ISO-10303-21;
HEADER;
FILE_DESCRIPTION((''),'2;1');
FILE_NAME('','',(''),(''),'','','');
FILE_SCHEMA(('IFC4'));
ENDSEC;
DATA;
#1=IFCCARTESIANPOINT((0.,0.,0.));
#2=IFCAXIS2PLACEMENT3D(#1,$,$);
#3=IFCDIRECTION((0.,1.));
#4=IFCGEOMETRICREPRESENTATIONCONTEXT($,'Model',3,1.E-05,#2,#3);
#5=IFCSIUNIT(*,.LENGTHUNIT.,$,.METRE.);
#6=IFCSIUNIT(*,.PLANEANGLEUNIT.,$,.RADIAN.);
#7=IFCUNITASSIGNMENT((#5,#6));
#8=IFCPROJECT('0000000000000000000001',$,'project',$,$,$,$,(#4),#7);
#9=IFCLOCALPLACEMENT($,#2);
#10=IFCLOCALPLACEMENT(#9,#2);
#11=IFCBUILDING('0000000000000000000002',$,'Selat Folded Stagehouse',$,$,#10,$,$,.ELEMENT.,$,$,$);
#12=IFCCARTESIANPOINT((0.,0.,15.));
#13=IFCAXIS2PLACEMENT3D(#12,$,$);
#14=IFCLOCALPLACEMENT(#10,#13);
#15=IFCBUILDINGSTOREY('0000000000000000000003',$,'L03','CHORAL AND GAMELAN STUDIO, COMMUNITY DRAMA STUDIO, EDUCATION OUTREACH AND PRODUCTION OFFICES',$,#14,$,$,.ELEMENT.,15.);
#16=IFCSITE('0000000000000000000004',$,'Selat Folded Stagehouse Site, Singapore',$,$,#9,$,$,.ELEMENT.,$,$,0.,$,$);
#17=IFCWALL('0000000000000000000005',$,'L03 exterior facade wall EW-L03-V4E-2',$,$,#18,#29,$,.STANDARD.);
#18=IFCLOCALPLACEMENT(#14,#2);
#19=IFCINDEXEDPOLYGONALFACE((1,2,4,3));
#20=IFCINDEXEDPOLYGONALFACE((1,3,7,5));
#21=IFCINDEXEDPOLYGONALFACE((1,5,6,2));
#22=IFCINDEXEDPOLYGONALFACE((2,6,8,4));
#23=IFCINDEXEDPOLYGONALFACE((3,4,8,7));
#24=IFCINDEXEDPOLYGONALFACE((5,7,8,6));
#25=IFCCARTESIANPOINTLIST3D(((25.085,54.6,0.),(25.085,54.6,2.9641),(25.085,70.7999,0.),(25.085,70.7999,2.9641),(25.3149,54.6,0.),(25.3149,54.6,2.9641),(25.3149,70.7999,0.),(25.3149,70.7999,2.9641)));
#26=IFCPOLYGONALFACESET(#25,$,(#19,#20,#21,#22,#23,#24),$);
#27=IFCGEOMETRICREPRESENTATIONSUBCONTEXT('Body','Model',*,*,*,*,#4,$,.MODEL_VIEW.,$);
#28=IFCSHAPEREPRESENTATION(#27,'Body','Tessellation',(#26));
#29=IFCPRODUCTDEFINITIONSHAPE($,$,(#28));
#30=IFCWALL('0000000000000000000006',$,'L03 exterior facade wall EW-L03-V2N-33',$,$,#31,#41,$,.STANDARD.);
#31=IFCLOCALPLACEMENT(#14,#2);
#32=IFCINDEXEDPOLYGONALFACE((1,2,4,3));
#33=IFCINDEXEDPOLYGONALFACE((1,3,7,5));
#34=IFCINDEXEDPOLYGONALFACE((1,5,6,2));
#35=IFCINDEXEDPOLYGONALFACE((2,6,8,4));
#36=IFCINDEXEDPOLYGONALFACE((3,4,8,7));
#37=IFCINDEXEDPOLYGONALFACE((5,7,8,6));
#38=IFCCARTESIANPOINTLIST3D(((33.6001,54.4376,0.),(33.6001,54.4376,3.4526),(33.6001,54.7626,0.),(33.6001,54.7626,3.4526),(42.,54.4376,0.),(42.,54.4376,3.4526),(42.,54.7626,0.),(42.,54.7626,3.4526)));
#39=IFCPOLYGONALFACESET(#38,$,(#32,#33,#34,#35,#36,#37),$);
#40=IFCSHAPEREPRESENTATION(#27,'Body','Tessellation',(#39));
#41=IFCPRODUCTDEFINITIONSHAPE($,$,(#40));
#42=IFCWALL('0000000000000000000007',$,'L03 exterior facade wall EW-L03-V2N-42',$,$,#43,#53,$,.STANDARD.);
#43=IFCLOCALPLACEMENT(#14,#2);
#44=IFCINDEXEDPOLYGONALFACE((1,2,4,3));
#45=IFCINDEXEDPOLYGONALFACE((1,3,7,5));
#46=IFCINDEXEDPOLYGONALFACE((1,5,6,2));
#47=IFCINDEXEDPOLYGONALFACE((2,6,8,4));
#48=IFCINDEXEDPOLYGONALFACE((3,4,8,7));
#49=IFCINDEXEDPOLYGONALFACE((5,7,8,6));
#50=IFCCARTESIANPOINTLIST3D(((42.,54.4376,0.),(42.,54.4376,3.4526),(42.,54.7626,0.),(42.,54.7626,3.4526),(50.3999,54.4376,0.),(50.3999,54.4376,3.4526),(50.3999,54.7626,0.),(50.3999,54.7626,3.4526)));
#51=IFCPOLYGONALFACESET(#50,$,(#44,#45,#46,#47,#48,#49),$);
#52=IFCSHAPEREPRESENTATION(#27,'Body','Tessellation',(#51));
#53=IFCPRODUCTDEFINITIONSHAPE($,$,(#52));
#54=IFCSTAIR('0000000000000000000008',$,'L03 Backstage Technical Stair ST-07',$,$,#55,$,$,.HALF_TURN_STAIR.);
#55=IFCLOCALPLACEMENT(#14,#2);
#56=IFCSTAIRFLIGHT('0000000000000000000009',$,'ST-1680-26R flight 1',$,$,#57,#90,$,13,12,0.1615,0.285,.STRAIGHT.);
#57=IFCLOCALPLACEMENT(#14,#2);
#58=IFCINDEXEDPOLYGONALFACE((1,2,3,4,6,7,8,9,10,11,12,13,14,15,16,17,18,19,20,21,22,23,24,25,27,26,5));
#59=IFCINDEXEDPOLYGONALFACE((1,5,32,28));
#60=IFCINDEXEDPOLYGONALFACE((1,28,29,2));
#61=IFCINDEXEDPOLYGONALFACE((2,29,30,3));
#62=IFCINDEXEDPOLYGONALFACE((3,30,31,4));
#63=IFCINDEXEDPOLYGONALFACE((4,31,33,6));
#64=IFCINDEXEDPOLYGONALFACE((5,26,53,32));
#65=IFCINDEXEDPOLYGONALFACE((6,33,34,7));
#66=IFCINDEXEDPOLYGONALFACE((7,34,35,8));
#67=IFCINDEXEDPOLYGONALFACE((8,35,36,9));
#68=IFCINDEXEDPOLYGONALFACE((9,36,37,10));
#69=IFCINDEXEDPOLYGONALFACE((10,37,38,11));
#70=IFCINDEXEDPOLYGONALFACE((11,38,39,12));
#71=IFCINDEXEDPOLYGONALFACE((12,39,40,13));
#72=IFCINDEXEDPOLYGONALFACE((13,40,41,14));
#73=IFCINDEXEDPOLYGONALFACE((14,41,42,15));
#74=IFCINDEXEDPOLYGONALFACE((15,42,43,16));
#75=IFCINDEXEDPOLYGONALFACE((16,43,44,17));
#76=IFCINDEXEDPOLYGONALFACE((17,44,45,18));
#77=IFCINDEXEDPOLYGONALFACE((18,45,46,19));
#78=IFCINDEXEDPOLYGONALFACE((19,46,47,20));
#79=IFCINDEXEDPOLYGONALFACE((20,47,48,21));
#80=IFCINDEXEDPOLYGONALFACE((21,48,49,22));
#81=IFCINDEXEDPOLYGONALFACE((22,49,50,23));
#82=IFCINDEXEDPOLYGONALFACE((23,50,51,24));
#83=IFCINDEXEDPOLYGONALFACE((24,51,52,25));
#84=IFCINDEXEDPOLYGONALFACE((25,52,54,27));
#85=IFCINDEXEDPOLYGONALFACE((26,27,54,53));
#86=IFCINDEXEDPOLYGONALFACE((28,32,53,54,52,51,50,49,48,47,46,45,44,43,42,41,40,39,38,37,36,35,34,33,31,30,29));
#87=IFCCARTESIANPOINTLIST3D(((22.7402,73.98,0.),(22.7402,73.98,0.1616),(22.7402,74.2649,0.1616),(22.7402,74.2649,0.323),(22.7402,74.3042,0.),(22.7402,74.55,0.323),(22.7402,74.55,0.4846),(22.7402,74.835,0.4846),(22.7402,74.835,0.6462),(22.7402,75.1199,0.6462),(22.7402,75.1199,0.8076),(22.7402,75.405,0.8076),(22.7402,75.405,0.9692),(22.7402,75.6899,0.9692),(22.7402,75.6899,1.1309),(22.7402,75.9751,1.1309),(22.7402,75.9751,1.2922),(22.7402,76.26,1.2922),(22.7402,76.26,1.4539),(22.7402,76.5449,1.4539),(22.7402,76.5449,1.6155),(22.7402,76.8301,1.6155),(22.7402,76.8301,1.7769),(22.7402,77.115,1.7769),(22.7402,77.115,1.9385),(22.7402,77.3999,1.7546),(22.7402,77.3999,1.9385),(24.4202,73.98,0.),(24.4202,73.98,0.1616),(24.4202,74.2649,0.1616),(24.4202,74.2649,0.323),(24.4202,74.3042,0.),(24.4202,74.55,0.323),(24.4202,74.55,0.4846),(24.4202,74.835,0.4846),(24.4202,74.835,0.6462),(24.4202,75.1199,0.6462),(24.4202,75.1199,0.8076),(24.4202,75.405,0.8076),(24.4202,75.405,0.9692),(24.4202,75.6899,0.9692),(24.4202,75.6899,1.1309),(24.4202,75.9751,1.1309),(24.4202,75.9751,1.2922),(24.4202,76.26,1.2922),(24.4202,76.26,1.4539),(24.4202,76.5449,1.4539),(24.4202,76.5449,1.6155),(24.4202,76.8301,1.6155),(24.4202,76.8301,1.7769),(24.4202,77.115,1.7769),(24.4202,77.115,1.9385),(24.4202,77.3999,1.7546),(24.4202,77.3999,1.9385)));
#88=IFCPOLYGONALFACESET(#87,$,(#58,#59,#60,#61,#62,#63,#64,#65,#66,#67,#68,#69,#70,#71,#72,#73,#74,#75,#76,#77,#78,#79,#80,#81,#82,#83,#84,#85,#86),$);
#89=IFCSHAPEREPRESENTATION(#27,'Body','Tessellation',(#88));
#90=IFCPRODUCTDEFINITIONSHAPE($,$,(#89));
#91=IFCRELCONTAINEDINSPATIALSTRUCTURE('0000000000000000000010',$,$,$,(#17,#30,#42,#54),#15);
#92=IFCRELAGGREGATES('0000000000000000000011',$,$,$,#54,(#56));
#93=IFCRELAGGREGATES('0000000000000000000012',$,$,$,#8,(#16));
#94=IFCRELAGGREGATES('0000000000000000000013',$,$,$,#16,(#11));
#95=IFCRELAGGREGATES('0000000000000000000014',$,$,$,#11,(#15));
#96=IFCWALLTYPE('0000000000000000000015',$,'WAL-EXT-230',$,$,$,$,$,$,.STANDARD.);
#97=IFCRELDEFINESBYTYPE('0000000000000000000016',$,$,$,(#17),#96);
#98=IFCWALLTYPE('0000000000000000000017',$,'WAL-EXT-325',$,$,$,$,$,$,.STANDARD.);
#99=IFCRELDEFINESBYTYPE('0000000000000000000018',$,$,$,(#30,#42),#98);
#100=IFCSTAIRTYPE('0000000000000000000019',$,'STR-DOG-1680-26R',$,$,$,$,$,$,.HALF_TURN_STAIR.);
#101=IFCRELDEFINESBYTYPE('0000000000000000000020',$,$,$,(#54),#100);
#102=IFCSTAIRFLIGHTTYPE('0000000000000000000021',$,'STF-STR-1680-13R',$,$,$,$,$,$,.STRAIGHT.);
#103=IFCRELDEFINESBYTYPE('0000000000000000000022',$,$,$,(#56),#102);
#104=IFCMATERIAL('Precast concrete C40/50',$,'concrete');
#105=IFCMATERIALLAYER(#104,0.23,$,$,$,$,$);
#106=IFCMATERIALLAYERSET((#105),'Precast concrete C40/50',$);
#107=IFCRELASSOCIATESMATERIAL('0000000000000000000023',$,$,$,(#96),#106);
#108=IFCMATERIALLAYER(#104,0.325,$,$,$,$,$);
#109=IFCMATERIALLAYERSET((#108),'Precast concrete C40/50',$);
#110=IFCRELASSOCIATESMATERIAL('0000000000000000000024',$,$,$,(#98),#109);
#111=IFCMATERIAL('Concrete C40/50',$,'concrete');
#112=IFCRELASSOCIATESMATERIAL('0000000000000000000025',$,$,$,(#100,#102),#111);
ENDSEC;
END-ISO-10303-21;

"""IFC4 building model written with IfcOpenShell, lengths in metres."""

from ifc_helpers import new_model, si_unit, direction, frame, frame_2d, origin, place, context, subcontext, project, spatial, polyline, rectangle, outline, extrude, material, layer, layer_set, type_object, element, aggregate, save


model = new_model("IFC4")

# Units and contexts
model_context = context("Model", 3, precision=1e-05, world=origin(), true_north=direction((0.0, 1.0)))
body_context = subcontext(model_context, "Body", "Model", "MODEL_VIEW")
ifc_project = project(units=[si_unit("LENGTHUNIT", "METRE"), si_unit("PLANEANGLEUNIT", "RADIAN")], contexts=[model_context])

# Site, building, storey
site_placement = place(None, origin())
site = spatial("IfcSite", under=ifc_project, at=site_placement, Name="Selat Folded Stagehouse Site, Singapore", CompositionType="ELEMENT", RefElevation=0.0)
building_placement = place(site_placement, origin())
building = spatial("IfcBuilding", under=site, at=building_placement, Name="Selat Folded Stagehouse", CompositionType="ELEMENT")
storey_placement = place(building_placement, frame((0.0, 0.0, 15.0)))
storey = spatial("IfcBuildingStorey", under=building, at=storey_placement, Name="L03", Description="CHORAL AND GAMELAN STUDIO, COMMUNITY DRAMA STUDIO, EDUCATION OUTREACH AND PRODUCTION OFFICES", CompositionType="ELEMENT", Elevation=15.0)

# Walls
ifc_material_1 = material(Name="Precast concrete C40/50", Category="concrete")
ifc_layer_1 = layer(ifc_material_1, 0.23)
ifc_layer_set_1 = layer_set([ifc_layer_1], Name="Precast concrete C40/50")
wall_type_1 = type_object("IfcWallType", Name="WAL-EXT-230", PredefinedType="STANDARD", material=ifc_layer_set_1)
wall_1_placement = place(storey_placement, frame((25.2, 70.8, 0.0), z_axis=(0.0, 0.0, 1.0), x_axis=(0.0, -1.0, 0.0)))
element("IfcWall", 1, at=wall_1_placement, inside=storey, type_object=wall_type_1, Name="L03 exterior facade wall EW-L03-V4E-2", PredefinedType="STANDARD", context=body_context, shape_type="SweptSolid", body=[
    extrude(rectangle(XDim=16.2, YDim=0.23, at=frame_2d((8.1001, 0.0))), origin(), (0.0, 0.0, 1.0), 2.9641),
])
ifc_layer_2 = layer(ifc_material_1, 0.325)
ifc_layer_set_2 = layer_set([ifc_layer_2], Name="Precast concrete C40/50")
wall_type_2 = type_object("IfcWallType", Name="WAL-EXT-325", PredefinedType="STANDARD", material=ifc_layer_set_2)
for number, where, z_axis, x_axis, name in (
    (2, (33.6001, 54.6001, 0.0), (0.0, 0.0, 1.0), (1.0, 0.0, 0.0), "L03 exterior facade wall EW-L03-V2N-33"),
    (3, (42.0, 54.6001, 0.0), (0.0, 0.0, 1.0), (1.0, 0.0, 0.0), "L03 exterior facade wall EW-L03-V2N-42"),
):
    element("IfcWall", number, at=place(storey_placement, frame(where, z_axis=z_axis, x_axis=x_axis)), inside=storey, type_object=wall_type_2, Name=name, PredefinedType="STANDARD", context=body_context, shape_type="SweptSolid", body=[
        extrude(rectangle(XDim=8.3999, YDim=0.325, at=frame_2d((4.2, 0.0))), origin(), (0.0, 0.0, 1.0), 3.4526),
    ])

# Stair, stair flight
ifc_material_2 = material(Name="Concrete C40/50", Category="concrete")
stair_type = type_object("IfcStairType", Name="STR-DOG-1680-26R", PredefinedType="HALF_TURN_STAIR", material=ifc_material_2)
stair_placement = place(storey_placement, origin())
stair = element("IfcStair", 4, at=stair_placement, inside=storey, type_object=stair_type, Name="L03 Backstage Technical Stair ST-07", PredefinedType="HALF_TURN_STAIR")
stair_flight_type = type_object("IfcStairFlightType", Name="STF-STR-1680-13R", PredefinedType="STRAIGHT", material=ifc_material_2)
stair_flight_placement = place(storey_placement, frame((23.5801, 73.98, 0.0), z_axis=(0.0, 0.0, 1.0), x_axis=(0.0, 1.0, 0.0)))
stair_flight = element("IfcStairFlight", 5, at=stair_flight_placement, type_object=stair_flight_type, Name="ST-1680-26R flight 1", NumberOfRisers=13, NumberOfTreads=12, PredefinedType="STRAIGHT", RiserHeight=0.1615, TreadLength=0.285, context=body_context, shape_type="SweptSolid", body=[
    extrude(outline(polyline([(0.0, 0.0), (0.0, 0.1616), (0.2849, 0.1616), (0.2849, 0.323), (0.5701, 0.323), (0.5701, 0.4846), (0.855, 0.4846), (0.855, 0.6462), (1.1399, 0.6462), (1.1399, 0.8076), (1.425, 0.8076), (1.425, 0.9692), (1.71, 0.9692), (1.71, 1.1309), (1.9951, 1.1309), (1.9951, 1.2922), (2.28, 1.2922), (2.28, 1.4539), (2.5649, 1.4539), (2.5649, 1.6155), (2.8501, 1.6155), (2.8501, 1.7769), (3.135, 1.7769), (3.135, 1.9385), (3.4199, 1.9385), (3.4199, 2.1001), (3.4199, 1.7546), (0.3242, 0.0), (0.0, 0.0)])), frame((0.0, 0.8398, 0.0), z_axis=(0.0, -1.0, 0.0), x_axis=(1.0, 0.0, 0.0)), (0.0, 0.0, 1.0), 1.6799),
])
aggregate(stair, [stair_flight])

save(model, "model.ifc")
